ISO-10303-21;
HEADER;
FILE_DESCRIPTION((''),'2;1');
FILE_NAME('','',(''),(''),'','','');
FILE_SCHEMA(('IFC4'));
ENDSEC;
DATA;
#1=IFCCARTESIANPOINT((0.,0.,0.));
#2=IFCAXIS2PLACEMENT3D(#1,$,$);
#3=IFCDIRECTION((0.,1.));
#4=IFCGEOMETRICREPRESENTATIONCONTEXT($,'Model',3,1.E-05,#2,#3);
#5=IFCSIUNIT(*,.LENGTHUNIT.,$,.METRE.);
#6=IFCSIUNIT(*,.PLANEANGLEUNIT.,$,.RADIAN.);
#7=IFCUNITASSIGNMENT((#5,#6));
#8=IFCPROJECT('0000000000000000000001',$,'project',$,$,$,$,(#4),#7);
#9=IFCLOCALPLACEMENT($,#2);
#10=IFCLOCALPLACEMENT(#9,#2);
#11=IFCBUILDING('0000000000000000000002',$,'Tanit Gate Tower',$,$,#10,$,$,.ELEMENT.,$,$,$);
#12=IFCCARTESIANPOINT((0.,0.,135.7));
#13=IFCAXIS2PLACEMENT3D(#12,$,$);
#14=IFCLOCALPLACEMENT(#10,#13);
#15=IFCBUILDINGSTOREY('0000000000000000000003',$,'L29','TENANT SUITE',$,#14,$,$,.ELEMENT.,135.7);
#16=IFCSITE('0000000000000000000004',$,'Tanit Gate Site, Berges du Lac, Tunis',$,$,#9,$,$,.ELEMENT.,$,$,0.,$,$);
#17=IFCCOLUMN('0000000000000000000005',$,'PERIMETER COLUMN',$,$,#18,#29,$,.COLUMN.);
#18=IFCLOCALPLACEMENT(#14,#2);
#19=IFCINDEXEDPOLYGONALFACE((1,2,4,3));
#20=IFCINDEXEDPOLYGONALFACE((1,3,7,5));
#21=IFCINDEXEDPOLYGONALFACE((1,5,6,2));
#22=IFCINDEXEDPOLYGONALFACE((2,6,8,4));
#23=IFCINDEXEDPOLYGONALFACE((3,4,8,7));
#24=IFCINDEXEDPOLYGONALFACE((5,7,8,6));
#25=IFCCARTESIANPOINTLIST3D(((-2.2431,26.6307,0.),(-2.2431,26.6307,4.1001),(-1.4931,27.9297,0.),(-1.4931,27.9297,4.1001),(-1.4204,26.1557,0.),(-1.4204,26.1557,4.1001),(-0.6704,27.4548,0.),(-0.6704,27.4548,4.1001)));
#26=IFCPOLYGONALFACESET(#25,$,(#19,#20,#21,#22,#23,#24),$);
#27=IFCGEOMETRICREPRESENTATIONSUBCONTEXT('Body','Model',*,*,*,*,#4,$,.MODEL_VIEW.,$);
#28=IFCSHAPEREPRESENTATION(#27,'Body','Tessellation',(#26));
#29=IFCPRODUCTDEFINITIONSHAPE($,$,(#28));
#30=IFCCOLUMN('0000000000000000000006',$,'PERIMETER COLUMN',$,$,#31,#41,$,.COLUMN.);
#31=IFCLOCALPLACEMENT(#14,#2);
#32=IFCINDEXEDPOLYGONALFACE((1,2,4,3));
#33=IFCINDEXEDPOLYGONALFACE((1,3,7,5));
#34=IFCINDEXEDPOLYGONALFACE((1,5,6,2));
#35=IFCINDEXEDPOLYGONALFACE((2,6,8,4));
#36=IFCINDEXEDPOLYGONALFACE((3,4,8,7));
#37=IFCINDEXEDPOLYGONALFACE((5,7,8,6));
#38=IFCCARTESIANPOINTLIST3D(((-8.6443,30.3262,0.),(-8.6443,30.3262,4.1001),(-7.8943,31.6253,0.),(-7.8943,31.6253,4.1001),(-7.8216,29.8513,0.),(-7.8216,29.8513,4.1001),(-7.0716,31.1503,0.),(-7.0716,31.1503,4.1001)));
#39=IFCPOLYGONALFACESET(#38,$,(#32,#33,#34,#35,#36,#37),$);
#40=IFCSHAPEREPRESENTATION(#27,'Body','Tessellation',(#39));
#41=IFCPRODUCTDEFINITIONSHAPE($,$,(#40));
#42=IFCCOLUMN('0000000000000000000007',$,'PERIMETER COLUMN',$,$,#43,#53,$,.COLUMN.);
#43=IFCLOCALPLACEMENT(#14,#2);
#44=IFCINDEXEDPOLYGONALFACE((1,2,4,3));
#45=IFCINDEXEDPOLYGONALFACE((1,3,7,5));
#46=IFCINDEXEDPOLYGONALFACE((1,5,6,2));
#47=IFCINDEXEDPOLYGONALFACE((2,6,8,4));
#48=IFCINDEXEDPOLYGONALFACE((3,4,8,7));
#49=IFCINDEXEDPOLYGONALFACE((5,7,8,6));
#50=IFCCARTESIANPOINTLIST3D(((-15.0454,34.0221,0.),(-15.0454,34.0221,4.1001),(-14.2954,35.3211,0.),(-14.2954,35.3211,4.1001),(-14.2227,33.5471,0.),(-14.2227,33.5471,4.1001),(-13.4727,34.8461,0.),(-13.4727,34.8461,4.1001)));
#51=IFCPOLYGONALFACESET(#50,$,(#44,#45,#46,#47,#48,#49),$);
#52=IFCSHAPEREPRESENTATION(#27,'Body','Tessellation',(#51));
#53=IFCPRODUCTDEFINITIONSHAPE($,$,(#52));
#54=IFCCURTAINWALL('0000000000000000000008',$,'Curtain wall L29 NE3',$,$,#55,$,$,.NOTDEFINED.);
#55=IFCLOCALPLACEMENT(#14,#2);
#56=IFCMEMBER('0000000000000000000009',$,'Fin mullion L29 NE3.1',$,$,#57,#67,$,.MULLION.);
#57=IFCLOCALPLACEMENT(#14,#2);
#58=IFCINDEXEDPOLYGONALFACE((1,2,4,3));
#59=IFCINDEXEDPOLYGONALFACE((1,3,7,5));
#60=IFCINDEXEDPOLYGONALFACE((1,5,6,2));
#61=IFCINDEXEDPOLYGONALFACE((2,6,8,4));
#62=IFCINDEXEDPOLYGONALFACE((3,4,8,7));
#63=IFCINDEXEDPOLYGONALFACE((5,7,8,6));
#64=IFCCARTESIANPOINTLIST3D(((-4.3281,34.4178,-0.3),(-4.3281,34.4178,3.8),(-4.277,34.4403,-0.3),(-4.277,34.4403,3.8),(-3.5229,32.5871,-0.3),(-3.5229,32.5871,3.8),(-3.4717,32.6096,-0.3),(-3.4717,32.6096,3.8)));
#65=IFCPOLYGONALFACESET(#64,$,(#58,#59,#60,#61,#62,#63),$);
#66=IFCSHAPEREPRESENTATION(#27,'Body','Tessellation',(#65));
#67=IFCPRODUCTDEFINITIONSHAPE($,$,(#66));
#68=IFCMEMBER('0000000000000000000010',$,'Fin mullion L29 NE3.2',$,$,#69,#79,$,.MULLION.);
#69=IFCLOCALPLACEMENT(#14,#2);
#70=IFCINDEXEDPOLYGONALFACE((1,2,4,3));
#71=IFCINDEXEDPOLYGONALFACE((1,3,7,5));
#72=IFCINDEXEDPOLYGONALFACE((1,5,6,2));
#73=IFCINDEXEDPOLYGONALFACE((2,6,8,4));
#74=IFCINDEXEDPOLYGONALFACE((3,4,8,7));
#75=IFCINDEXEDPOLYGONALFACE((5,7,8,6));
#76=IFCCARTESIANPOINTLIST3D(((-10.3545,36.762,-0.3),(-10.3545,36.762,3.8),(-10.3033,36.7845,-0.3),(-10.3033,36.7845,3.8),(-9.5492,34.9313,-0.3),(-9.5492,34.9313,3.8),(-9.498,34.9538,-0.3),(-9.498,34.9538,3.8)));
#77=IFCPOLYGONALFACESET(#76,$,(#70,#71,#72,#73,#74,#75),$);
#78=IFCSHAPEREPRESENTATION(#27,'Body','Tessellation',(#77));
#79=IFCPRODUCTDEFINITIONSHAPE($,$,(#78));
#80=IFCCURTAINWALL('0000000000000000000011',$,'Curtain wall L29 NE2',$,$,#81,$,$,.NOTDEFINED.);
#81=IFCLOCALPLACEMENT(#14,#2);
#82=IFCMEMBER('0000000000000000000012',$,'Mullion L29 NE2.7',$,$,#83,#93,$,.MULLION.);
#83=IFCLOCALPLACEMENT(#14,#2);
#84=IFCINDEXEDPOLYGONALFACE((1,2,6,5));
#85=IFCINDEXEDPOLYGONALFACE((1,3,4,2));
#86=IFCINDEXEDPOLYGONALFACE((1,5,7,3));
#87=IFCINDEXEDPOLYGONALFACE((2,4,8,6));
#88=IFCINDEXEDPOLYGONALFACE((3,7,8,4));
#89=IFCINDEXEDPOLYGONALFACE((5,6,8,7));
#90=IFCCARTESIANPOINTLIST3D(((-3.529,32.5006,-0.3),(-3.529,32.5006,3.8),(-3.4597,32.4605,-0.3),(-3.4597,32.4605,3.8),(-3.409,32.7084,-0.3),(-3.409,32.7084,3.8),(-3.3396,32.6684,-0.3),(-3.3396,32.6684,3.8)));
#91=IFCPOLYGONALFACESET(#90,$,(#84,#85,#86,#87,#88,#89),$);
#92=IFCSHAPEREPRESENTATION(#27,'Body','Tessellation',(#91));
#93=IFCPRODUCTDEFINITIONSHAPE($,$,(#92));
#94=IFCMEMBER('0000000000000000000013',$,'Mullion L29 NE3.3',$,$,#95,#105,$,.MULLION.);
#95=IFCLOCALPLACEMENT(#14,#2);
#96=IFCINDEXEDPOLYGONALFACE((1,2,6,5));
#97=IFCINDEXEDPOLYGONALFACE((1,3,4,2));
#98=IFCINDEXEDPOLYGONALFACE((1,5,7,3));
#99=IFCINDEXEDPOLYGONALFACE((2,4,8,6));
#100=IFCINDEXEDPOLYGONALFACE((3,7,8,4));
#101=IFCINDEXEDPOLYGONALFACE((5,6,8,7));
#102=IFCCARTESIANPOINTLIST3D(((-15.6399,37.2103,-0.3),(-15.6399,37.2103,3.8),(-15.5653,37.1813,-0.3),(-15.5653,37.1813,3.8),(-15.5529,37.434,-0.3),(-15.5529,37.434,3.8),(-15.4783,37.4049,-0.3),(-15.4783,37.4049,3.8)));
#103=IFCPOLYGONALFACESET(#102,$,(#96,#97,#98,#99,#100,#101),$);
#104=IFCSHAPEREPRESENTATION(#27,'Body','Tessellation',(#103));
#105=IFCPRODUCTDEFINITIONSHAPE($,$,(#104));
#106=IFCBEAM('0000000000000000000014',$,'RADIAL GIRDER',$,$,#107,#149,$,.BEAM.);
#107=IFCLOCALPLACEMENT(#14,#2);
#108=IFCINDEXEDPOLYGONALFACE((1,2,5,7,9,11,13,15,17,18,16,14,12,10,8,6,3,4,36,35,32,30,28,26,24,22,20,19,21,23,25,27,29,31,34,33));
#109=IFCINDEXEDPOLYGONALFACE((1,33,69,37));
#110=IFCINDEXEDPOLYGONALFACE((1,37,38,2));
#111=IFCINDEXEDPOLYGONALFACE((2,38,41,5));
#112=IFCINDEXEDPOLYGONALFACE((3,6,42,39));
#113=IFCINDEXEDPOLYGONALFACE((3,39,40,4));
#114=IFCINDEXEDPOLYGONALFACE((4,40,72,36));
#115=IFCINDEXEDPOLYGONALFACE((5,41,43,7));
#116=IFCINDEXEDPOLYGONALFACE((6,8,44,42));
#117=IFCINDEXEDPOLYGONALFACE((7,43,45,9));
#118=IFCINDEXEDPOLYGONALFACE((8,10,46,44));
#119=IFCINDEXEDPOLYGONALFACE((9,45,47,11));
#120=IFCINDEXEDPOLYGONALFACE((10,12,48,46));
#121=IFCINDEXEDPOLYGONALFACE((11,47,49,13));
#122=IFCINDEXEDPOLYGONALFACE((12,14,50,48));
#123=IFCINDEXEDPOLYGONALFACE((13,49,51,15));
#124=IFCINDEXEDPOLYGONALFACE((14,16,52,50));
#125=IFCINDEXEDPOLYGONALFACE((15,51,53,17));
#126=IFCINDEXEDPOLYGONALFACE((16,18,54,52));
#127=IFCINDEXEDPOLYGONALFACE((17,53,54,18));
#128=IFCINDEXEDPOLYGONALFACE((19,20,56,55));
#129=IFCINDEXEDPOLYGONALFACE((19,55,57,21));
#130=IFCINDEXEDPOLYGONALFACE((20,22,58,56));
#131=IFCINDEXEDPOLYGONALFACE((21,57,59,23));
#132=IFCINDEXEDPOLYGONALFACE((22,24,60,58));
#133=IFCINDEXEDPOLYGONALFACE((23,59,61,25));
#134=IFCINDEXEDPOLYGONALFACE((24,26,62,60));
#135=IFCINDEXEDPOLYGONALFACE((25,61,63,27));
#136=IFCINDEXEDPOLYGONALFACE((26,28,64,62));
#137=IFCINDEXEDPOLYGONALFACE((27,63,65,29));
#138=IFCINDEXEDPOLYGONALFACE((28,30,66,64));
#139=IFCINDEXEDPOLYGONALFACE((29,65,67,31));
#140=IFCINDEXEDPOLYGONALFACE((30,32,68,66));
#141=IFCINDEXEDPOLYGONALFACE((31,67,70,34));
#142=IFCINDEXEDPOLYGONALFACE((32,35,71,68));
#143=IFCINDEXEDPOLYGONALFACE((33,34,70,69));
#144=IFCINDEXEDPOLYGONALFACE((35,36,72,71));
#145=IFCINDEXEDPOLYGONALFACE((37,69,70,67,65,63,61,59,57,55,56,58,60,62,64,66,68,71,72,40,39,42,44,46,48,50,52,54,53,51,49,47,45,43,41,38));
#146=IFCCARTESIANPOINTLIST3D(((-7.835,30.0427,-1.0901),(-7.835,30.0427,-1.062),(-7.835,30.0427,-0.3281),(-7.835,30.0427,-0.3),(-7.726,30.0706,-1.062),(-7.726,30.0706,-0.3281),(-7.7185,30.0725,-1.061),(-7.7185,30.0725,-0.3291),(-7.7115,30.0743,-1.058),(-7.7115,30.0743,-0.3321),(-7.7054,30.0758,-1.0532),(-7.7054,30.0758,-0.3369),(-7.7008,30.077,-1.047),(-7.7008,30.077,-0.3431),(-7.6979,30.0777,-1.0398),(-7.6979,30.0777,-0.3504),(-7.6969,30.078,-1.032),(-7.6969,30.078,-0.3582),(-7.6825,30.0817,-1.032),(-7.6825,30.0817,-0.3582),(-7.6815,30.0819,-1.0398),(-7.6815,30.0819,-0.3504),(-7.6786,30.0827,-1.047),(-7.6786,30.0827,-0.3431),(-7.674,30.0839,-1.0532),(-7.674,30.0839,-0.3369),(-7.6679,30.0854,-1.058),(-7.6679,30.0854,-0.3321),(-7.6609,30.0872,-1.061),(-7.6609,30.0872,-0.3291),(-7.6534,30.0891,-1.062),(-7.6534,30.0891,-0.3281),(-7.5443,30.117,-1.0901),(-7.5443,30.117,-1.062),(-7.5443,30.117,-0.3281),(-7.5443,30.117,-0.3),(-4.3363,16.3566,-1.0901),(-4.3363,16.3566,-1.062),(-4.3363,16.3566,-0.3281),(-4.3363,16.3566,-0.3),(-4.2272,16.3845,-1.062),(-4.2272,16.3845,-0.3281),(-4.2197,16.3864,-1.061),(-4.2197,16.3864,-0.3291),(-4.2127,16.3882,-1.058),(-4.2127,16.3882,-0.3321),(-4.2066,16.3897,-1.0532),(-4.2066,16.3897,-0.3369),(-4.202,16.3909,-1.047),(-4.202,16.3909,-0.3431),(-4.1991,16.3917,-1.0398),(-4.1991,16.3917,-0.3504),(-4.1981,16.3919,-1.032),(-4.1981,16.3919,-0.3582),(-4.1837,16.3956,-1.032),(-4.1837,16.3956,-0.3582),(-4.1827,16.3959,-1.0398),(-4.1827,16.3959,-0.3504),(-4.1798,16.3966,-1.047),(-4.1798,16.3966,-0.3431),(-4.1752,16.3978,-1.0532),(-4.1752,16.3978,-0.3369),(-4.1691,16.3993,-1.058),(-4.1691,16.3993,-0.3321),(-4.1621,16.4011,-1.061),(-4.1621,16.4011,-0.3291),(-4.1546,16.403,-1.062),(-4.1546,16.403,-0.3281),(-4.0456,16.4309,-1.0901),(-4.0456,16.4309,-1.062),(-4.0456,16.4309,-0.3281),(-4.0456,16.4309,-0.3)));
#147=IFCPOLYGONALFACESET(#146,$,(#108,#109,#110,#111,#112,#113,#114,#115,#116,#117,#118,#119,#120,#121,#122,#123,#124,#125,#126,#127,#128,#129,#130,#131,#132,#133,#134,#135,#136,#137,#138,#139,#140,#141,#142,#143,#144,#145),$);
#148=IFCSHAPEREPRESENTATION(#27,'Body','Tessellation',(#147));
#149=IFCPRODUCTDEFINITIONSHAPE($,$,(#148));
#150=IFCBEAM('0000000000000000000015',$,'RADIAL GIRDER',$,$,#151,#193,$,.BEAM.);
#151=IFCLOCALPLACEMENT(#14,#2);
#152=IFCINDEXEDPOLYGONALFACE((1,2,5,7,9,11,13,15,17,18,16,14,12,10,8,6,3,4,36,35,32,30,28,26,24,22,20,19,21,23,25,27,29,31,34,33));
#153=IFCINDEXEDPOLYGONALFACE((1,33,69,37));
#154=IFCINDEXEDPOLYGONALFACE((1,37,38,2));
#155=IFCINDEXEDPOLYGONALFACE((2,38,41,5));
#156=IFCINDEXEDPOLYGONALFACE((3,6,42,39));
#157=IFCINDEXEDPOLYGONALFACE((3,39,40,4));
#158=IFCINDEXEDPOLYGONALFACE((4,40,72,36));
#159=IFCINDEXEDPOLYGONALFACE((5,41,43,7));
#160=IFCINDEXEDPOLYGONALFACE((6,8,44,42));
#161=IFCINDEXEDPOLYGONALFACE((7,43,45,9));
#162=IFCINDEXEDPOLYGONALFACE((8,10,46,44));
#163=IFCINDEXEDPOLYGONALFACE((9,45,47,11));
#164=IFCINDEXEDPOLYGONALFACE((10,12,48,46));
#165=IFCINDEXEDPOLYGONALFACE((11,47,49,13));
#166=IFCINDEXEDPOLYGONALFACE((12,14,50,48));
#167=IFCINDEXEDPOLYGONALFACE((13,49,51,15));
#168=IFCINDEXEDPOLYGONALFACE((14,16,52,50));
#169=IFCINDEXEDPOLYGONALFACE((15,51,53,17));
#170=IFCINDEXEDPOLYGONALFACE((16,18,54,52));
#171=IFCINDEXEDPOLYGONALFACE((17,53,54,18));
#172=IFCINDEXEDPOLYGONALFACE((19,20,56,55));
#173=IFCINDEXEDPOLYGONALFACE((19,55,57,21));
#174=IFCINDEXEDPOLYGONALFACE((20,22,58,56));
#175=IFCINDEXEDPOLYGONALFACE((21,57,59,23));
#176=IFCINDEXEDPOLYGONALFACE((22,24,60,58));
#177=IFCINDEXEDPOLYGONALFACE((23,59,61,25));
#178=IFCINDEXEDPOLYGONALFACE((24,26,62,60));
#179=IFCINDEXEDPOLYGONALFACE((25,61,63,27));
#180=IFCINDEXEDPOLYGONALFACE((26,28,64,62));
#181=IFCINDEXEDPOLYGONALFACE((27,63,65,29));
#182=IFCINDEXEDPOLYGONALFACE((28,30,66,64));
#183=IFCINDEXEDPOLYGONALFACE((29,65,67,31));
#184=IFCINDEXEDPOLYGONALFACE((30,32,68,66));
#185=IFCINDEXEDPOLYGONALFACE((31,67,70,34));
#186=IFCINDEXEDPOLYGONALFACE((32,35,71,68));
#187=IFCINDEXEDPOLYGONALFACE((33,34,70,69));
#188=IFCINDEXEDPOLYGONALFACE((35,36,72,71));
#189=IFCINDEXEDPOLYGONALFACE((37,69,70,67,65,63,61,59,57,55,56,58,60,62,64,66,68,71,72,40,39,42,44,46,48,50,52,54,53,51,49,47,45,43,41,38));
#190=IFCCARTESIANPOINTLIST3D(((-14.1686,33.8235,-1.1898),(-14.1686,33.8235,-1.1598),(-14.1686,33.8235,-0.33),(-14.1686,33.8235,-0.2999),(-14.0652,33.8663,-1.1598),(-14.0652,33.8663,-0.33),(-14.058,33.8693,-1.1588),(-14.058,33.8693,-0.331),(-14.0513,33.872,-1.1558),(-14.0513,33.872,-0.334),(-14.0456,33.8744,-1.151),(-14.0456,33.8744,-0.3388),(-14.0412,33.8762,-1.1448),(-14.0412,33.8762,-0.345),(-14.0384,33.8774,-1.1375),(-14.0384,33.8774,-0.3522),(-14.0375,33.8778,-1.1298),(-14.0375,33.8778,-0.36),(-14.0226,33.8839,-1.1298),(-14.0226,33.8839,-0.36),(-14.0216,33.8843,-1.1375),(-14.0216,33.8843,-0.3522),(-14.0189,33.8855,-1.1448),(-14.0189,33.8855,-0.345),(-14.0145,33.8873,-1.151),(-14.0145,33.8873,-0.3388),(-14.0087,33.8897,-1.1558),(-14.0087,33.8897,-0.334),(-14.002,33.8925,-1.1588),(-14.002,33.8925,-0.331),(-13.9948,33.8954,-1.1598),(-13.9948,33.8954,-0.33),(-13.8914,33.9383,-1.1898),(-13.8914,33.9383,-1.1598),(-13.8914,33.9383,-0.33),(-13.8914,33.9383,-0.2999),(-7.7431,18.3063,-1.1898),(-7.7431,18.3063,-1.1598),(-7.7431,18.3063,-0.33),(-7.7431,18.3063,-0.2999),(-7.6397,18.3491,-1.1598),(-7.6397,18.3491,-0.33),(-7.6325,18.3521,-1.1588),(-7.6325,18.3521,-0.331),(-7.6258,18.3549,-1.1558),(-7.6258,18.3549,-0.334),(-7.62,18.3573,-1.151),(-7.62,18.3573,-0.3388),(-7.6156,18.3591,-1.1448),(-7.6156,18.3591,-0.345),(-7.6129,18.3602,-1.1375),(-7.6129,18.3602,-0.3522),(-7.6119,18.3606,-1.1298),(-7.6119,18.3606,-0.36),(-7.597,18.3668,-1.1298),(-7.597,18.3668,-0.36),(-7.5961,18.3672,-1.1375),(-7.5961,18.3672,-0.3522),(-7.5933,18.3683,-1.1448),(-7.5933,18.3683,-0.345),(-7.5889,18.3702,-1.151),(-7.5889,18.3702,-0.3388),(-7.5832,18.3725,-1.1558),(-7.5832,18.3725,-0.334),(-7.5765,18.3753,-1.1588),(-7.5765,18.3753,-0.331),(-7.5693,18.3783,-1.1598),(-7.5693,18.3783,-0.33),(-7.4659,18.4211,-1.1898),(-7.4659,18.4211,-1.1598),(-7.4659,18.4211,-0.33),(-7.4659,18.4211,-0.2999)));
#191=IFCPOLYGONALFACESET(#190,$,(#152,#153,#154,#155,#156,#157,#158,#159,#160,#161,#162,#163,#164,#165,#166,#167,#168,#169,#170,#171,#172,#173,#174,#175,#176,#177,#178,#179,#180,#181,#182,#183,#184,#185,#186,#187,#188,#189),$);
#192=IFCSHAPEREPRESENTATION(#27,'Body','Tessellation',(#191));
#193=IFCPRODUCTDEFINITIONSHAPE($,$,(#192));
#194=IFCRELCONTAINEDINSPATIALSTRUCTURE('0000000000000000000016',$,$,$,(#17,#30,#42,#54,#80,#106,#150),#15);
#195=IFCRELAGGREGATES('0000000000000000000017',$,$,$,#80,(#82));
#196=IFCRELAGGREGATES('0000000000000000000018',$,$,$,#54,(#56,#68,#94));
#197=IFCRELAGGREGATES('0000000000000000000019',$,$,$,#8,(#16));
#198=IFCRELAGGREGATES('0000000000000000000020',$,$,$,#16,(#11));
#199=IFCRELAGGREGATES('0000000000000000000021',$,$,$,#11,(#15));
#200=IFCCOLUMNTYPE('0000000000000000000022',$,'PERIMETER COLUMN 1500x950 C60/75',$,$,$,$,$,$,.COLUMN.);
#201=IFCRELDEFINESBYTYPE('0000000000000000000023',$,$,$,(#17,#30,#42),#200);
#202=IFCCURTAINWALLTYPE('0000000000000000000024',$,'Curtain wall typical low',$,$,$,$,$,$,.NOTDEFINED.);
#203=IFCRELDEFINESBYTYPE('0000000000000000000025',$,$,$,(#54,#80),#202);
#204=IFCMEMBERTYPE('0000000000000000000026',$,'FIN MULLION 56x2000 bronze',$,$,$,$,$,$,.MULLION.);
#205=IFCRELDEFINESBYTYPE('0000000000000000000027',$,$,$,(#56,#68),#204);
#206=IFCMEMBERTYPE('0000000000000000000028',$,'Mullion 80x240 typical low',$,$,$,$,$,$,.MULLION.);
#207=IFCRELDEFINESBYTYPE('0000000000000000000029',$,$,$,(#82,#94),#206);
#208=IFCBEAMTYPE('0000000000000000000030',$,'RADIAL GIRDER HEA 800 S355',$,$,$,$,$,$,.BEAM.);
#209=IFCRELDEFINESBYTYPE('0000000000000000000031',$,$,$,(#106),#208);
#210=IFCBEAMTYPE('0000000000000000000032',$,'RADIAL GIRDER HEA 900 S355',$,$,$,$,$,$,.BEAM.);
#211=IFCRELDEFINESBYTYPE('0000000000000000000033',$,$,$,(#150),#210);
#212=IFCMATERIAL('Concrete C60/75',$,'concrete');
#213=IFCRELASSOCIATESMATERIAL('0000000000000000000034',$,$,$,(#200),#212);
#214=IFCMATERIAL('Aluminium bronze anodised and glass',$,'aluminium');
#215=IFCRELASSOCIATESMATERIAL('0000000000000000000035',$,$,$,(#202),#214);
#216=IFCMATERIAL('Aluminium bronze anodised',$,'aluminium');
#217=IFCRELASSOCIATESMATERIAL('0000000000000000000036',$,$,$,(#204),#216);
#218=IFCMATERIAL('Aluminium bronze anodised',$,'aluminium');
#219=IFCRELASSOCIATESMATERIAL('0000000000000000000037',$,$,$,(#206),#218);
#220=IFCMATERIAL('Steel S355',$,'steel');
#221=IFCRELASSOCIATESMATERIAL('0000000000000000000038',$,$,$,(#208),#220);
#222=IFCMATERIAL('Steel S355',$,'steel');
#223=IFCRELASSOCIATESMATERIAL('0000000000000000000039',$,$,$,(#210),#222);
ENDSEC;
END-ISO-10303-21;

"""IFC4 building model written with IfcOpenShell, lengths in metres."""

from ifc_helpers import new_model, si_unit, direction, frame, origin, origin_2d, place, context, subcontext, project, spatial, rectangle, i_section, extrude, material, material_profile, profile_set, type_object, element, aggregate, save


model = new_model("IFC4")

# Units and contexts
model_context = context("Model", 3, precision=1e-05, world=origin(), true_north=direction((0.0, 1.0)))
body_context = subcontext(model_context, "Body", "Model", "MODEL_VIEW")
ifc_project = project(units=[si_unit("LENGTHUNIT", "METRE"), si_unit("PLANEANGLEUNIT", "RADIAN")], contexts=[model_context])

# Site, building, storey
site_placement = place(None, origin())
site = spatial("IfcSite", under=ifc_project, at=site_placement, Name="Tanit Gate Site, Berges du Lac, Tunis", CompositionType="ELEMENT", RefElevation=0.0)
building_placement = place(site_placement, origin())
building = spatial("IfcBuilding", under=site, at=building_placement, Name="Tanit Gate Tower", CompositionType="ELEMENT")
storey_placement = place(building_placement, frame((0.0, 0.0, 135.7)))
storey = spatial("IfcBuildingStorey", under=building, at=storey_placement, Name="L29", Description="TENANT SUITE", CompositionType="ELEMENT", Elevation=135.7)

# Columns
ifc_material_1 = material(Name="Concrete C60/75", Category="concrete")
ifc_material_profile_1 = material_profile(ifc_material_1, rectangle(XDim=1.5, YDim=0.95, at=origin_2d()), Name="RC 1500x950")
ifc_profile_set_1 = profile_set([ifc_material_profile_1], Name="Concrete C60/75")
column_type = type_object("IfcColumnType", Name="PERIMETER COLUMN 1500x950 C60/75", PredefinedType="COLUMN", material=ifc_profile_set_1)
for number, where, z_axis, x_axis, name in (
    (1, (-1.4568, 27.0427, 0.0), (0.0, 0.0, 1.0), (0.5, 0.866025, 0.0), "PERIMETER COLUMN"),
    (2, (-7.8579, 30.7383, 0.0), (0.0, 0.0, 1.0), (0.5, 0.866025, 0.0), "PERIMETER COLUMN"),
    (3, (-14.259, 34.4341, 0.0), (0.0, 0.0, 1.0), (0.5, 0.866025, 0.0), "PERIMETER COLUMN"),
):
    element("IfcColumn", number, at=place(storey_placement, frame(where, z_axis=z_axis, x_axis=x_axis)), inside=storey, type_object=column_type, Name=name, PredefinedType="COLUMN", context=body_context, shape_type="SweptSolid", body=[
        extrude(rectangle(XDim=1.5, YDim=0.95, at=origin_2d()), origin(), (0.0, 0.0, 1.0), 4.1001),
    ])

# Curtain wall, members
ifc_material_2 = material(Name="Aluminium bronze anodised and glass", Category="aluminium")
curtain_wall_type = type_object("IfcCurtainWallType", Name="Curtain wall typical low", PredefinedType="NOTDEFINED", material=ifc_material_2)
curtain_wall_1_placement = place(storey_placement, origin())
curtain_wall_1 = element("IfcCurtainWall", 4, at=curtain_wall_1_placement, inside=storey, type_object=curtain_wall_type, Name="Curtain wall L29 NE3", PredefinedType="NOTDEFINED")
ifc_material_3 = material(Name="Aluminium bronze anodised", Category="aluminium")
ifc_material_profile_2 = material_profile(ifc_material_3, rectangle(XDim=2.0, YDim=0.0559, at=origin_2d()), Name="56x2000 bronze fin mullion")
ifc_profile_set_2 = profile_set([ifc_material_profile_2], Name="Aluminium bronze anodised")
member_type_1 = type_object("IfcMemberType", Name="FIN MULLION 56x2000 bronze", PredefinedType="MULLION", material=ifc_profile_set_2)
member_1_placement = place(storey_placement, frame((-3.8999, 33.5137, -0.3), z_axis=(0.0, 0.0, 1.0), x_axis=(0.40264, -0.915359, 0.0)))
member_1 = element("IfcMember", 5, at=member_1_placement, type_object=member_type_1, Name="Fin mullion L29 NE3.1", PredefinedType="MULLION", context=body_context, shape_type="SweptSolid", body=[
    extrude(rectangle(XDim=2.0, YDim=0.0559, at=origin_2d()), origin(), (0.0, 0.0, 1.0), 4.1001),
])
member_2_placement = place(storey_placement, frame((-9.9263, 35.8579, -0.3), z_axis=(0.0, 0.0, 1.0), x_axis=(0.40264, -0.915359, 0.0)))
member_2 = element("IfcMember", 6, at=member_2_placement, type_object=member_type_1, Name="Fin mullion L29 NE3.2", PredefinedType="MULLION", context=body_context, shape_type="SweptSolid", body=[
    extrude(rectangle(XDim=2.0, YDim=0.0559, at=origin_2d()), origin(), (0.0, 0.0, 1.0), 4.1001),
])

# Curtain wall, member
curtain_wall_2_placement = place(storey_placement, origin())
curtain_wall_2 = element("IfcCurtainWall", 7, at=curtain_wall_2_placement, inside=storey, type_object=curtain_wall_type, Name="Curtain wall L29 NE2", PredefinedType="NOTDEFINED")
ifc_material_4 = material(Name="Aluminium bronze anodised", Category="aluminium")
ifc_material_profile_3 = material_profile(ifc_material_4, rectangle(XDim=0.24, YDim=0.0801, at=origin_2d()), Name="80x240 bronze mullion")
ifc_profile_set_3 = profile_set([ifc_material_profile_3], Name="Aluminium bronze anodised")
member_type_2 = type_object("IfcMemberType", Name="Mullion 80x240 typical low", PredefinedType="MULLION", material=ifc_profile_set_3)
member_3_placement = place(storey_placement, frame((-3.4343, 32.5845, -0.3), z_axis=(0.0, 0.0, 1.0), x_axis=(-0.50006, -0.865991, 0.0)))
member_3 = element("IfcMember", 8, at=member_3_placement, type_object=member_type_2, Name="Mullion L29 NE2.7", PredefinedType="MULLION", context=body_context, shape_type="SweptSolid", body=[
    extrude(rectangle(XDim=0.24, YDim=0.0801, at=origin_2d()), origin(), (0.0, 0.0, 1.0), 4.1001),
])
aggregate(curtain_wall_2, [member_3])

# Member
member_4_placement = place(storey_placement, frame((-15.5591, 37.3076, -0.3), z_axis=(0.0, 0.0, 1.0), x_axis=(-0.362547, -0.931965, 0.0)))
member_4 = element("IfcMember", 9, at=member_4_placement, type_object=member_type_2, Name="Mullion L29 NE3.3", PredefinedType="MULLION", context=body_context, shape_type="SweptSolid", body=[
    extrude(rectangle(XDim=0.24, YDim=0.0801, at=origin_2d()), origin(), (0.0, 0.0, 1.0), 4.1001),
])

# Beams
ifc_material_5 = material(Name="Steel S355", Category="steel")
ifc_material_profile_4 = material_profile(ifc_material_5, i_section(OverallWidth=0.3, OverallDepth=0.79, WebThickness=0.0149, FlangeThickness=0.0281, FilletRadius=0.03, at=origin_2d()), Name="HEA 800")
ifc_profile_set_4 = profile_set([ifc_material_profile_4], Name="Steel S355")
beam_type_1 = type_object("IfcBeamType", Name="RADIAL GIRDER HEA 800 S355", PredefinedType="BEAM", material=ifc_profile_set_4)
beam_1_placement = place(storey_placement, frame((-7.6897, 30.0798, -0.6951), z_axis=(0.24768, -0.968842, 0.0), x_axis=(0.968842, 0.24768, 0.0)))
element("IfcBeam", 10, at=beam_1_placement, inside=storey, type_object=beam_type_1, Name="RADIAL GIRDER", PredefinedType="BEAM", context=body_context, shape_type="SweptSolid", body=[
    extrude(i_section(OverallWidth=0.3, OverallDepth=0.79, WebThickness=0.0149, FlangeThickness=0.0281, FilletRadius=0.03, at=origin_2d()), origin(), (0.0, 0.0, 1.0), 14.1262),
])
ifc_material_6 = material(Name="Steel S355", Category="steel")
ifc_material_profile_5 = material_profile(ifc_material_6, i_section(OverallWidth=0.3, OverallDepth=0.8899, WebThickness=0.0161, FlangeThickness=0.03, FilletRadius=0.03, at=origin_2d()), Name="HEA 900")
ifc_profile_set_5 = profile_set([ifc_material_profile_5], Name="Steel S355")
beam_type_2 = type_object("IfcBeamType", Name="RADIAL GIRDER HEA 900 S355", PredefinedType="BEAM", material=ifc_profile_set_5)
beam_2_placement = place(storey_placement, frame((-14.03, 33.8809, -0.7449), z_axis=(0.382589, -0.923919, 0.0), x_axis=(0.923919, 0.382589, 0.0)))
element("IfcBeam", 11, at=beam_2_placement, inside=storey, type_object=beam_type_2, Name="RADIAL GIRDER", PredefinedType="BEAM", context=body_context, shape_type="SweptSolid", body=[
    extrude(i_section(OverallWidth=0.3, OverallDepth=0.8899, WebThickness=0.0161, FlangeThickness=0.03, FilletRadius=0.03, at=origin_2d()), origin(), (0.0, 0.0, 1.0), 16.7949),
])

aggregate(curtain_wall_1, [member_1, member_2, member_4])

save(model, "model.ifc")
